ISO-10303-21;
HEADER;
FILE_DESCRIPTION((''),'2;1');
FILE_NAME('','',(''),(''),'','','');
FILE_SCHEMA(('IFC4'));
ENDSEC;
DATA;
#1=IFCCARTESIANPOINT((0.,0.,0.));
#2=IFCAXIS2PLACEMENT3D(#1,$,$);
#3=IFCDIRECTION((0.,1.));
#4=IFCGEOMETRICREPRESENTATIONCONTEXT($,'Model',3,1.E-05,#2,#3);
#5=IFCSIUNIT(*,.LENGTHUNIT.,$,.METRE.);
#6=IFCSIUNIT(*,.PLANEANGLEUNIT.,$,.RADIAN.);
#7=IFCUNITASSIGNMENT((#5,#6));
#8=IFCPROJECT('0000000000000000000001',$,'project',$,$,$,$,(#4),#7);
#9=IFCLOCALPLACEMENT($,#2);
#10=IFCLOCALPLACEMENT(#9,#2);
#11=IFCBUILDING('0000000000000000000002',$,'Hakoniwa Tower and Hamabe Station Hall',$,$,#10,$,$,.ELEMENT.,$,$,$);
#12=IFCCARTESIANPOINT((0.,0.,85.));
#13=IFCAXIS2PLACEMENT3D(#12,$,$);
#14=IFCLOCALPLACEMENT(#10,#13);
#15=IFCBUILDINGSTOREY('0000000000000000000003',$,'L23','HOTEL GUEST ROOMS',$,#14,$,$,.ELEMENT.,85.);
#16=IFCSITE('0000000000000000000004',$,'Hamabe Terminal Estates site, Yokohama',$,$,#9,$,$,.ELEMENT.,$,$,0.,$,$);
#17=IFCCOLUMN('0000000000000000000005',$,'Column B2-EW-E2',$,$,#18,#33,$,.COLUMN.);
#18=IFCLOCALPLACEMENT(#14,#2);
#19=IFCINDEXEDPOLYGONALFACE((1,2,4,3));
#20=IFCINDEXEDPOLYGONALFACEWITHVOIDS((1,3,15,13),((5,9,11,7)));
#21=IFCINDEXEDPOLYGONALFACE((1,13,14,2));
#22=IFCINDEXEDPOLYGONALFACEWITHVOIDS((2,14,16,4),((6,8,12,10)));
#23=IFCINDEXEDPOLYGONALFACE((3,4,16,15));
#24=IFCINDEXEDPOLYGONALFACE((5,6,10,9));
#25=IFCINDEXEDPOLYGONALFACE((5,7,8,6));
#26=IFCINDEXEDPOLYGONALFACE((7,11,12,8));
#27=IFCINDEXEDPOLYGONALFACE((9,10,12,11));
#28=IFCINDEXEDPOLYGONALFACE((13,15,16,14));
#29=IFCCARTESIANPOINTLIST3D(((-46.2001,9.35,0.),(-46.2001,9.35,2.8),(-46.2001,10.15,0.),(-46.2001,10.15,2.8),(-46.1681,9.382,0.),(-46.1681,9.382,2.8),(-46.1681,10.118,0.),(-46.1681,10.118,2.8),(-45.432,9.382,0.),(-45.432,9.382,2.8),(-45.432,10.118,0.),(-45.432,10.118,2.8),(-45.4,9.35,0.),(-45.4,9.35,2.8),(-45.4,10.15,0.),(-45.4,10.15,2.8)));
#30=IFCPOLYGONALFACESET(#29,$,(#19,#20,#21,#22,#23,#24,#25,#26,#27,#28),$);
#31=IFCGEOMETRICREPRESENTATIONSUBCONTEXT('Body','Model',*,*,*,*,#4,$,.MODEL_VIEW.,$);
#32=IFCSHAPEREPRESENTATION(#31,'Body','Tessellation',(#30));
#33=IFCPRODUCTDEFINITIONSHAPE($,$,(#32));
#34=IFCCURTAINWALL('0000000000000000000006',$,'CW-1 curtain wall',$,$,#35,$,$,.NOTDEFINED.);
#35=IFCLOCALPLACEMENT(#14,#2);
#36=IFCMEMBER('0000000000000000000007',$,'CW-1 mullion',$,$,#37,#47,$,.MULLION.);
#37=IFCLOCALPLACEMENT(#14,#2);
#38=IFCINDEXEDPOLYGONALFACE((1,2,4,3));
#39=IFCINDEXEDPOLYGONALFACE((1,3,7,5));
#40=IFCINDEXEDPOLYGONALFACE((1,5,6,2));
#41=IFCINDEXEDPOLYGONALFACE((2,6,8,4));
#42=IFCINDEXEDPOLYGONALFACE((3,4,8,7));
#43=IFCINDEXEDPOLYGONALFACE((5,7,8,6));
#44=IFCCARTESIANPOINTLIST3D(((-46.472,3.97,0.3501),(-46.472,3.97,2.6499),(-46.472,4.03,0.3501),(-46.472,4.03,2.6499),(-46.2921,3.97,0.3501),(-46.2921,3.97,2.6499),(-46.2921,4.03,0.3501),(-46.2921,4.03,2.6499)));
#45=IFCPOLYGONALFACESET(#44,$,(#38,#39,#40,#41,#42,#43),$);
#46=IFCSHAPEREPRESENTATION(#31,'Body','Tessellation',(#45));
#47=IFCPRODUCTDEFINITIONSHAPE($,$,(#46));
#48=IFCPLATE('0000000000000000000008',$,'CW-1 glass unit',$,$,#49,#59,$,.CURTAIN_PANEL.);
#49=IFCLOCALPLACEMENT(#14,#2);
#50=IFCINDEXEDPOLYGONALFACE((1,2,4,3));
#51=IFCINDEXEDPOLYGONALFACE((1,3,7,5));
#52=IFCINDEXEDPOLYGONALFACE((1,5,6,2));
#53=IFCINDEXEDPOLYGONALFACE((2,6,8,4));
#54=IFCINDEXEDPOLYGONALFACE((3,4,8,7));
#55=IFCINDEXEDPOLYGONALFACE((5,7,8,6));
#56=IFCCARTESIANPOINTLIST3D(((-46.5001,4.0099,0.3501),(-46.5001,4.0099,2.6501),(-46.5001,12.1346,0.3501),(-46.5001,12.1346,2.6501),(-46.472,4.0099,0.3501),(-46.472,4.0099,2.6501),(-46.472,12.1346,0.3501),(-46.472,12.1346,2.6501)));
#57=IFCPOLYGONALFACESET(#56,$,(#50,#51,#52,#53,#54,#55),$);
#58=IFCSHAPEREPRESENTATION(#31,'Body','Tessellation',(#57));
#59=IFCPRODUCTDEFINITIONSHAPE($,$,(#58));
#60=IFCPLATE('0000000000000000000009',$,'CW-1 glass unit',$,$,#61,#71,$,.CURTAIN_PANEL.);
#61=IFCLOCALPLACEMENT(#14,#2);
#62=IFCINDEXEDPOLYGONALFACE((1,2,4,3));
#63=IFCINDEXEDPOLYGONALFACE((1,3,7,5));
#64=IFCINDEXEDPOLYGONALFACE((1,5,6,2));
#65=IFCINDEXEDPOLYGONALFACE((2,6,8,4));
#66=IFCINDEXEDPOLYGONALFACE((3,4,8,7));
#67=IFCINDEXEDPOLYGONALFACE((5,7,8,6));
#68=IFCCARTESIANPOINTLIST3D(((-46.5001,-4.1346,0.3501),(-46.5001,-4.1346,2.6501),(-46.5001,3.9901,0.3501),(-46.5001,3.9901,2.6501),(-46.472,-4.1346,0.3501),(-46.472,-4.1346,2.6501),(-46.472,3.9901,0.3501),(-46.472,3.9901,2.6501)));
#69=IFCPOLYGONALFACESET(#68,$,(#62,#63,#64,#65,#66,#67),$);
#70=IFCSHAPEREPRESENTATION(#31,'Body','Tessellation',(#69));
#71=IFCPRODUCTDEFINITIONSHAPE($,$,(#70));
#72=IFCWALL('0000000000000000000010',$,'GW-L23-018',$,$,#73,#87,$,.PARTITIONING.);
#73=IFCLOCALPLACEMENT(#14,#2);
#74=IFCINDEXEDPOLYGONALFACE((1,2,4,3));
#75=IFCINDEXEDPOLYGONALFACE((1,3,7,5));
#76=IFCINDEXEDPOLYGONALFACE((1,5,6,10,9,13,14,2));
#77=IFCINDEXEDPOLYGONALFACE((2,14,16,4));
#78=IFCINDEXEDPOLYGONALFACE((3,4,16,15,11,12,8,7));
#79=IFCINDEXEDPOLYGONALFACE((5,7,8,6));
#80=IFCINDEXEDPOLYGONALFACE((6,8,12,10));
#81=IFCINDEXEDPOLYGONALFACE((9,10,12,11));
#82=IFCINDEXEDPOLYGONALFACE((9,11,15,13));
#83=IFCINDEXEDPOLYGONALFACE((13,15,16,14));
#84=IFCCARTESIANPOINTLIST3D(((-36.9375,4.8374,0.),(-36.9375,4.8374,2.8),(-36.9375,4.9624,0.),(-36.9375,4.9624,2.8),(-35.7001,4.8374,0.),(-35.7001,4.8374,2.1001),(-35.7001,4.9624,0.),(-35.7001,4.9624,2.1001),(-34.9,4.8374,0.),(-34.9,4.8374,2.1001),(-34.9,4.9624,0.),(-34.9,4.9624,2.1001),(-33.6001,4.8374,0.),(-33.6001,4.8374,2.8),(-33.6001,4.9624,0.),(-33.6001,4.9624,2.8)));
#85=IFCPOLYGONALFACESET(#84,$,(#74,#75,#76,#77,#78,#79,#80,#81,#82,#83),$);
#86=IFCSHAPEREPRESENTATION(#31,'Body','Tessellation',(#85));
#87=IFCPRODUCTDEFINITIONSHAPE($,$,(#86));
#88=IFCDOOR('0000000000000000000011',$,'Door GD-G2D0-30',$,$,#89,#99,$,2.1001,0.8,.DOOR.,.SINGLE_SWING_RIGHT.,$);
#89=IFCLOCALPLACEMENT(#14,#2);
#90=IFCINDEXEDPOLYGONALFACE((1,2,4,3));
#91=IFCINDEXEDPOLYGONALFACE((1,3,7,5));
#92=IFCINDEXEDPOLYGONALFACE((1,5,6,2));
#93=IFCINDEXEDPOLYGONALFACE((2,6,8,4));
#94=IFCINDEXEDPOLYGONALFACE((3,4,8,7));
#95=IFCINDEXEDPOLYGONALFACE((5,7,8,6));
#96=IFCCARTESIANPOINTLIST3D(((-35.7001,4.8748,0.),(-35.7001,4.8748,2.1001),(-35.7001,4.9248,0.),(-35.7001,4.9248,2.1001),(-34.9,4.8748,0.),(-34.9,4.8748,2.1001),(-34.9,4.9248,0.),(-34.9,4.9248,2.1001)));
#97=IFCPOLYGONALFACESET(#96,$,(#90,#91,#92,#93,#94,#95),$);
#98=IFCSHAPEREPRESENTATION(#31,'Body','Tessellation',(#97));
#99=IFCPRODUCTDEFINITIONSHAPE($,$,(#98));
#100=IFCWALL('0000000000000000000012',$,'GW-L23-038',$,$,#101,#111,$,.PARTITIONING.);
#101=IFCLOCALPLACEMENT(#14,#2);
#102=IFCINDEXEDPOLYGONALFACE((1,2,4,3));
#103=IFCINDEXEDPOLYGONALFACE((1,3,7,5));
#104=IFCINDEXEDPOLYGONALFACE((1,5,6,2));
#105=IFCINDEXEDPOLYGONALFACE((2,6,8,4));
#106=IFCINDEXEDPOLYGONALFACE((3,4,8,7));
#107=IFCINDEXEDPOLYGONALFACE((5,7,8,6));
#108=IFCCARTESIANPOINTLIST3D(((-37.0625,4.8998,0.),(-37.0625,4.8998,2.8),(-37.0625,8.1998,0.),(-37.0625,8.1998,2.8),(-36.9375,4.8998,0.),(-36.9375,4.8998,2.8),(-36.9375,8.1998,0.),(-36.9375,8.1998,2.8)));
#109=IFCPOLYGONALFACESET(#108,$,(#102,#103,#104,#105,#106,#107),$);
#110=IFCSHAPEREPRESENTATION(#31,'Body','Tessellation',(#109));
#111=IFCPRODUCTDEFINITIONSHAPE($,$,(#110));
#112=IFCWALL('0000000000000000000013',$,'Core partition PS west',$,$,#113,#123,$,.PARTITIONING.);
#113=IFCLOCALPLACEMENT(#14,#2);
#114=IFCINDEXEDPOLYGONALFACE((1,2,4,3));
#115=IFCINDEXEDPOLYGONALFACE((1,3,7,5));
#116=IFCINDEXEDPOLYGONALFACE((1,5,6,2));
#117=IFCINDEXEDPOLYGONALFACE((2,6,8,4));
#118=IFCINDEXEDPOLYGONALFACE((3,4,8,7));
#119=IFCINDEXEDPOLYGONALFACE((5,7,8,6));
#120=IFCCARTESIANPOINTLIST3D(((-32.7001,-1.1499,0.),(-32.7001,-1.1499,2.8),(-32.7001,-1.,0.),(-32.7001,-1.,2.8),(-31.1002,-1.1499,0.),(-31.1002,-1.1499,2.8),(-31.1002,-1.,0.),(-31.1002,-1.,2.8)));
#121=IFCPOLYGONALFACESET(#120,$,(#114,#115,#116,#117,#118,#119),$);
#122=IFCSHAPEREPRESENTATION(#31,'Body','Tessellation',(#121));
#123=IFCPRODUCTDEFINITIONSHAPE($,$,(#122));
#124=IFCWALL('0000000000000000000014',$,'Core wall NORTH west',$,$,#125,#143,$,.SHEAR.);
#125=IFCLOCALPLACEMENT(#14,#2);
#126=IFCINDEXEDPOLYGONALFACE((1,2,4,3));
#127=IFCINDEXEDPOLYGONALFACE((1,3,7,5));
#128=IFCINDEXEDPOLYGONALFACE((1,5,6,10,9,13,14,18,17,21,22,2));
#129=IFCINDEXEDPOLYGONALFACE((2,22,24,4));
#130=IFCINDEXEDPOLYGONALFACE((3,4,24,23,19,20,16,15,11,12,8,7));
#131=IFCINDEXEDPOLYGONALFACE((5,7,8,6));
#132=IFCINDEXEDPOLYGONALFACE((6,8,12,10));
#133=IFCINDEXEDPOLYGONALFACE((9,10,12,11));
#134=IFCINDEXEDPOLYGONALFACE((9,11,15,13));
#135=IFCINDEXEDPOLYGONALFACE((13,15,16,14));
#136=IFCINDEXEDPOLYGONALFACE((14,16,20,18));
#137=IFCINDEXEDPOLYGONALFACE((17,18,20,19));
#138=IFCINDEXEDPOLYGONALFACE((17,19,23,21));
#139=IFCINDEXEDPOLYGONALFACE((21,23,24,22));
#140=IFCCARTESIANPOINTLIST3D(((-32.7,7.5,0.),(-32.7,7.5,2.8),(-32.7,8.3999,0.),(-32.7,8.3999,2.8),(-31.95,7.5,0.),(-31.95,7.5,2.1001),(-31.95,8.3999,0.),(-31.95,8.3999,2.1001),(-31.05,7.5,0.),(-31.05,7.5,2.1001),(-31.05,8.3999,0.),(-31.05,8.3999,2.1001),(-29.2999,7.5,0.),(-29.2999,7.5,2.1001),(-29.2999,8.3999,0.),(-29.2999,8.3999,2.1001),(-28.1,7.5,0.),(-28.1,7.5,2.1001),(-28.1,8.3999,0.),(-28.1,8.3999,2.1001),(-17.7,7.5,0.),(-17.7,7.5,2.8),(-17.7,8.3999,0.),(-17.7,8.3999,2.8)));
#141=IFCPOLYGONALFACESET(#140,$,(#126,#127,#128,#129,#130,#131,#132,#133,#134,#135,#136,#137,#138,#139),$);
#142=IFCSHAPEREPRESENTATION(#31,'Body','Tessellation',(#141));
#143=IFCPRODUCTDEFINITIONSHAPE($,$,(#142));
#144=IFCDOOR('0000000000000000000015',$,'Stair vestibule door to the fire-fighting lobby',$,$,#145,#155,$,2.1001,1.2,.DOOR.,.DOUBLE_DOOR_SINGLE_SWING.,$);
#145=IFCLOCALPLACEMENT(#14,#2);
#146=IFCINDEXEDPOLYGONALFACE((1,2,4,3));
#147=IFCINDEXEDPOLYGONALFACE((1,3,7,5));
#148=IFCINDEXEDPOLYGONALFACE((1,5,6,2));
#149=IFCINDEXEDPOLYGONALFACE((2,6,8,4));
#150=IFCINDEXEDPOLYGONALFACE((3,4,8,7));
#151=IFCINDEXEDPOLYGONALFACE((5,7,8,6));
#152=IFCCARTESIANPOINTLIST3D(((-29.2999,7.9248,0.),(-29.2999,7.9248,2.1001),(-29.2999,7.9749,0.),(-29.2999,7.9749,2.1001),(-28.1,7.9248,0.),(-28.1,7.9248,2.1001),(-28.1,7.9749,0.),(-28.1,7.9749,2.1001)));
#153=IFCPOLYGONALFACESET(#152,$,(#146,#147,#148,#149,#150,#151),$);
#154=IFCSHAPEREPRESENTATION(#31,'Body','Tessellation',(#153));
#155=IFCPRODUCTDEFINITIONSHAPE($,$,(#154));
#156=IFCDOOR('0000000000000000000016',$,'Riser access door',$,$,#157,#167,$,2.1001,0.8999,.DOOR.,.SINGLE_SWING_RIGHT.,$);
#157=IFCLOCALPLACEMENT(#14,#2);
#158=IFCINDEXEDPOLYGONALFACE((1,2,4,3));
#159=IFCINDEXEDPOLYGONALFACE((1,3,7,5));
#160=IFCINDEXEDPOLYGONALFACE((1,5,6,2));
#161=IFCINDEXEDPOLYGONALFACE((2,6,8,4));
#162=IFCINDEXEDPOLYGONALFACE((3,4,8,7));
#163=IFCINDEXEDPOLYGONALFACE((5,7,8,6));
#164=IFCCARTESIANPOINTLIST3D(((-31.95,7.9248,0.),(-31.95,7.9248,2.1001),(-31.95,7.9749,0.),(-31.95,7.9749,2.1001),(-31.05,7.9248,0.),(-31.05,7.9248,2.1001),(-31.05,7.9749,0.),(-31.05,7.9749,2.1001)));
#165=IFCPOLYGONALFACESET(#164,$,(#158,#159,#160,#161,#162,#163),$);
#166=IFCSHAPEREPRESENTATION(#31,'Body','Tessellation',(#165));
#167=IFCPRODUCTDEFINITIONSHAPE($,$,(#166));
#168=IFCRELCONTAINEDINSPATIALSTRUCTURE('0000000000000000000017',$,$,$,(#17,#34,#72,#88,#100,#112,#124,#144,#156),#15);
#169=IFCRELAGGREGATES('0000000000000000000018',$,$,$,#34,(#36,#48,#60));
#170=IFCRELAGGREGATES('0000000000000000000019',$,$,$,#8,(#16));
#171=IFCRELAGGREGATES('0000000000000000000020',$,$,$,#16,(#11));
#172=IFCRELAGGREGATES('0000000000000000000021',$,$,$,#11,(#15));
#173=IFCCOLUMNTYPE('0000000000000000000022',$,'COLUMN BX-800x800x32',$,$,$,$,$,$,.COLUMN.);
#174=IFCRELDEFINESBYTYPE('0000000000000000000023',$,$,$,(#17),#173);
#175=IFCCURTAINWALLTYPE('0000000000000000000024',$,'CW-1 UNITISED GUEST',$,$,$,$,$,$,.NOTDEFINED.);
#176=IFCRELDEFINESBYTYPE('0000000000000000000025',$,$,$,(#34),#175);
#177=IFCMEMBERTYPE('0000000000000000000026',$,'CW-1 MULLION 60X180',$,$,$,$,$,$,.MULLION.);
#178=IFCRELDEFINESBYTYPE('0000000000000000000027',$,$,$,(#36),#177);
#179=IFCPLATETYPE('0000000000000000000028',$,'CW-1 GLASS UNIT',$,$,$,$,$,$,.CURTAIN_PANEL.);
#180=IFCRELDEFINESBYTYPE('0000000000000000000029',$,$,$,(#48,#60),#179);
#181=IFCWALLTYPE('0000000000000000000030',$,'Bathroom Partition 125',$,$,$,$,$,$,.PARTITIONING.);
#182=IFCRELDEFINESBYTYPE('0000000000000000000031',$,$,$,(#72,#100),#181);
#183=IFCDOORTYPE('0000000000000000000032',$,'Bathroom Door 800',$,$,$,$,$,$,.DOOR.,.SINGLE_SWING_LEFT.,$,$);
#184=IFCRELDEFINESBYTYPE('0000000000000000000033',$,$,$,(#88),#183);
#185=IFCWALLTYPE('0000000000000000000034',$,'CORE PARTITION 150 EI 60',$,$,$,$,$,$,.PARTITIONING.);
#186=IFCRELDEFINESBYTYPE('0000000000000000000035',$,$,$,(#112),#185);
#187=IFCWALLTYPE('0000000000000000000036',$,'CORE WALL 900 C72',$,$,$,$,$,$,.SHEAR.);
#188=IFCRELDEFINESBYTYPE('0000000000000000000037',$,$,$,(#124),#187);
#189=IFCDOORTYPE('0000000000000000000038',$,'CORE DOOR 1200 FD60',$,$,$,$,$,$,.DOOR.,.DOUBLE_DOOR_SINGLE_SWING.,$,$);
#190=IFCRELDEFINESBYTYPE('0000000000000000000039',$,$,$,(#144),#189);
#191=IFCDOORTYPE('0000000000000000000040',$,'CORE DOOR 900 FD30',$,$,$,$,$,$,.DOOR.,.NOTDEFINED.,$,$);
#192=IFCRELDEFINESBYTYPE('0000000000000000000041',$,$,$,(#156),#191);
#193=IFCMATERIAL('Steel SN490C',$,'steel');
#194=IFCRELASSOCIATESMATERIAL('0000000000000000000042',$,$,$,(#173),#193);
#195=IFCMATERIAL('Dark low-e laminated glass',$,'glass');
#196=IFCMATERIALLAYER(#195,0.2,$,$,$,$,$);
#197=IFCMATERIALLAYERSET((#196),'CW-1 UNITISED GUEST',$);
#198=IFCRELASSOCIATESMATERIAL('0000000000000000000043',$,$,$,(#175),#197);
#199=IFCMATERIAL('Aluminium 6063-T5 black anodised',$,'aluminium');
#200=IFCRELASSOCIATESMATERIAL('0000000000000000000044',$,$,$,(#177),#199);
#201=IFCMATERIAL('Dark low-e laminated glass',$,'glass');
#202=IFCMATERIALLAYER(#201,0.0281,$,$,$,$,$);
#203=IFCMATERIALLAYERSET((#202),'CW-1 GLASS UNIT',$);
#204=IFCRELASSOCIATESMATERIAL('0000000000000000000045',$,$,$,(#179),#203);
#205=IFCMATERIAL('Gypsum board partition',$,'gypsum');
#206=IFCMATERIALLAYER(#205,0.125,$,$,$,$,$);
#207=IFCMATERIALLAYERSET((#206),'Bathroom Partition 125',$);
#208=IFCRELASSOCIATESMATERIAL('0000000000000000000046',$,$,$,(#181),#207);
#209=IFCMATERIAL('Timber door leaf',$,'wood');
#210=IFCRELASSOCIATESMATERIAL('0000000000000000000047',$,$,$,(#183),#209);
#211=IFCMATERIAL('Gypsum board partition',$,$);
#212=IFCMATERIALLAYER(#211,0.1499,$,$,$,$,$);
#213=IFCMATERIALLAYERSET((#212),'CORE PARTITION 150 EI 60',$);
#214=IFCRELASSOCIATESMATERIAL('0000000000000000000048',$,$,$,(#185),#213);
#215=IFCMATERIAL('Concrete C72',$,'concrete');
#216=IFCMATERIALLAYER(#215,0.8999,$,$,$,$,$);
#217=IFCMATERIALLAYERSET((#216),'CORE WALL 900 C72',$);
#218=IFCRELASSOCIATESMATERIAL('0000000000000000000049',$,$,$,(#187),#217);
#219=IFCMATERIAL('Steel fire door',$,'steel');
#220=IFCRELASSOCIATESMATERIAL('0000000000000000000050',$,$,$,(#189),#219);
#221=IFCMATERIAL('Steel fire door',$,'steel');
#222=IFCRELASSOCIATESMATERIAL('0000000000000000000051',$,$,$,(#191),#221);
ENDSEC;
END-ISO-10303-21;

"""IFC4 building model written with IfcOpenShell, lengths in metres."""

from ifc_helpers import new_model, si_unit, direction, frame, frame_2d, origin, origin_2d, place, context, subcontext, project, spatial, rectangle, hollow_rectangle, extrude, material, layer, layer_set, material_profile, profile_set, type_object, element, fill, aggregate, save


model = new_model("IFC4")

# Units and contexts
model_context = context("Model", 3, precision=1e-05, world=origin(), true_north=direction((0.0, 1.0)))
body_context = subcontext(model_context, "Body", "Model", "MODEL_VIEW")
ifc_project = project(units=[si_unit("LENGTHUNIT", "METRE"), si_unit("PLANEANGLEUNIT", "RADIAN")], contexts=[model_context])

# Site, building, storey
site_placement = place(None, origin())
site = spatial("IfcSite", under=ifc_project, at=site_placement, Name="Hamabe Terminal Estates site, Yokohama", CompositionType="ELEMENT", RefElevation=0.0)
building_placement = place(site_placement, origin())
building = spatial("IfcBuilding", under=site, at=building_placement, Name="Hakoniwa Tower and Hamabe Station Hall", CompositionType="ELEMENT")
storey_placement = place(building_placement, frame((0.0, 0.0, 85.0)))
storey = spatial("IfcBuildingStorey", under=building, at=storey_placement, Name="L23", Description="HOTEL GUEST ROOMS", CompositionType="ELEMENT", Elevation=85.0)

# Column
ifc_material_1 = material(Name="Steel SN490C", Category="steel")
ifc_material_profile_1 = material_profile(ifc_material_1, hollow_rectangle(XDim=0.8, YDim=0.8, WallThickness=0.032, at=origin_2d()), Name="BX-800x800x32")
ifc_profile_set_1 = profile_set([ifc_material_profile_1], Name="Steel SN490C")
column_type = type_object("IfcColumnType", Name="COLUMN BX-800x800x32", PredefinedType="COLUMN", material=ifc_profile_set_1)
column_placement = place(storey_placement, frame((-45.8, 9.75, 0.0), z_axis=(0.0, 0.0, 1.0), x_axis=(1.0, 0.0, 0.0)))
element("IfcColumn", 1, at=column_placement, inside=storey, type_object=column_type, Name="Column B2-EW-E2", PredefinedType="COLUMN", context=body_context, shape_type="SweptSolid", body=[
    extrude(hollow_rectangle(XDim=0.8, YDim=0.8, WallThickness=0.032, at=origin_2d()), origin(), (0.0, 0.0, 1.0), 2.8),
])

# Curtain wall, member, plates
ifc_material_2 = material(Name="Dark low-e laminated glass", Category="glass")
ifc_layer_1 = layer(ifc_material_2, 0.2)
ifc_layer_set_1 = layer_set([ifc_layer_1], Name="CW-1 UNITISED GUEST")
curtain_wall_type = type_object("IfcCurtainWallType", Name="CW-1 UNITISED GUEST", PredefinedType="NOTDEFINED", material=ifc_layer_set_1)
curtain_wall_placement = place(storey_placement, origin())
curtain_wall = element("IfcCurtainWall", 2, at=curtain_wall_placement, inside=storey, type_object=curtain_wall_type, Name="CW-1 curtain wall", PredefinedType="NOTDEFINED")
ifc_material_3 = material(Name="Aluminium 6063-T5 black anodised", Category="aluminium")
ifc_material_profile_2 = material_profile(ifc_material_3, rectangle(XDim=0.0601, YDim=0.1799, at=origin_2d()), Name="CW-1 MULLION 60X180")
ifc_profile_set_2 = profile_set([ifc_material_profile_2], Name="Aluminium 6063-T5 black anodised")
member_type = type_object("IfcMemberType", Name="CW-1 MULLION 60X180", PredefinedType="MULLION", material=ifc_profile_set_2)
member_placement = place(storey_placement, frame((-46.3821, 4.0, 0.3501), z_axis=(0.0, 0.0, 1.0), x_axis=(0.0, -1.0, 0.0)))
member = element("IfcMember", 3, at=member_placement, type_object=member_type, Name="CW-1 mullion", PredefinedType="MULLION", context=body_context, shape_type="SweptSolid", body=[
    extrude(rectangle(XDim=0.0601, YDim=0.1799, at=origin_2d()), origin(), (0.0, 0.0, 1.0), 2.2998),
])
ifc_material_4 = material(Name="Dark low-e laminated glass", Category="glass")
ifc_layer_2 = layer(ifc_material_4, 0.0281)
ifc_layer_set_2 = layer_set([ifc_layer_2], Name="CW-1 GLASS UNIT")
plate_type = type_object("IfcPlateType", Name="CW-1 GLASS UNIT", PredefinedType="CURTAIN_PANEL", material=ifc_layer_set_2)
plate_1_placement = place(storey_placement, frame((-46.4861, 8.0723, 0.3501), z_axis=(0.0, 0.0, 1.0), x_axis=(0.0, -1.0, 0.0)))
plate_1 = element("IfcPlate", 4, at=plate_1_placement, type_object=plate_type, Name="CW-1 glass unit", PredefinedType="CURTAIN_PANEL", context=body_context, shape_type="SweptSolid", body=[
    extrude(rectangle(XDim=8.1248, YDim=0.0281, at=origin_2d()), origin(), (0.0, 0.0, 1.0), 2.3),
])
plate_2_placement = place(storey_placement, frame((-46.4861, -0.0723, 0.3501), z_axis=(0.0, 0.0, 1.0), x_axis=(0.0, -1.0, 0.0)))
plate_2 = element("IfcPlate", 5, at=plate_2_placement, type_object=plate_type, Name="CW-1 glass unit", PredefinedType="CURTAIN_PANEL", context=body_context, shape_type="SweptSolid", body=[
    extrude(rectangle(XDim=8.1248, YDim=0.0281, at=origin_2d()), origin(), (0.0, 0.0, 1.0), 2.3),
])
aggregate(curtain_wall, [member, plate_1, plate_2])

# Wall, opening, door
ifc_material_5 = material(Name="Gypsum board partition", Category="gypsum")
ifc_layer_3 = layer(ifc_material_5, 0.125)
ifc_layer_set_3 = layer_set([ifc_layer_3], Name="Bathroom Partition 125")
wall_type_1 = type_object("IfcWallType", Name="Bathroom Partition 125", PredefinedType="PARTITIONING", material=ifc_layer_set_3)
wall_1_placement = place(storey_placement, frame((-36.9375, 4.8999, 0.0), z_axis=(0.0, 0.0, 1.0), x_axis=(1.0, 0.0, 0.0)))
wall_1 = element("IfcWall", 6, at=wall_1_placement, inside=storey, type_object=wall_type_1, Name="GW-L23-018", PredefinedType="PARTITIONING", context=body_context, shape_type="SweptSolid", body=[
    extrude(rectangle(XDim=3.3374, YDim=0.125, at=frame_2d((1.6687, 0.0))), origin(), (0.0, 0.0, 1.0), 2.8),
])
opening_1_placement = place(wall_1_placement, frame((1.2375, 0.0, 0.0)))
opening_1 = element("IfcOpeningElement", 7, at=opening_1_placement, cuts=wall_1, PredefinedType="OPENING", context=body_context, shape_type="SweptSolid", body=[
    extrude(rectangle(XDim=0.8, YDim=2.1001, at=frame_2d((0.3999, 1.05))), frame((0.0, 0.0725, 0.0), z_axis=(0.0, -1.0, 0.0), x_axis=(1.0, 0.0, 0.0)), (0.0, 0.0, 1.0), 0.145),
])
ifc_material_6 = material(Name="Timber door leaf", Category="wood")
door_type_1 = type_object("IfcDoorType", Name="Bathroom Door 800", OperationType="SINGLE_SWING_LEFT", PredefinedType="DOOR", material=ifc_material_6)
door_1_placement = place(opening_1_placement, origin())
door_1 = element("IfcDoor", 8, at=door_1_placement, inside=storey, type_object=door_type_1, Name="Door GD-G2D0-30", OperationType="SINGLE_SWING_RIGHT", OverallHeight=2.1001, OverallWidth=0.8, PredefinedType="DOOR", context=body_context, shape_type="SweptSolid", body=[
    extrude(rectangle(XDim=0.8, YDim=2.1001, at=frame_2d((0.3999, 1.05))), frame((0.0, 0.0249, 0.0), z_axis=(0.0, -1.0, 0.0), x_axis=(1.0, 0.0, 0.0)), (0.0, 0.0, 1.0), 0.05),
])
fill(opening_1, door_1)

# Walls
wall_2_placement = place(storey_placement, frame((-37.0, 4.8999, 0.0), z_axis=(0.0, 0.0, 1.0), x_axis=(0.0, 1.0, 0.0)))
element("IfcWall", 9, at=wall_2_placement, inside=storey, type_object=wall_type_1, Name="GW-L23-038", PredefinedType="PARTITIONING", context=body_context, shape_type="SweptSolid", body=[
    extrude(rectangle(XDim=3.3, YDim=0.125, at=frame_2d((1.6499, 0.0))), origin(), (0.0, 0.0, 1.0), 2.8),
])
ifc_material_7 = material(Name="Gypsum board partition")
ifc_layer_4 = layer(ifc_material_7, 0.1499)
ifc_layer_set_4 = layer_set([ifc_layer_4], Name="CORE PARTITION 150 EI 60")
wall_type_2 = type_object("IfcWallType", Name="CORE PARTITION 150 EI 60", PredefinedType="PARTITIONING", material=ifc_layer_set_4)
wall_3_placement = place(storey_placement, frame((-32.7, -1.075, 0.0), z_axis=(0.0, 0.0, 1.0), x_axis=(1.0, 0.0, 0.0)))
element("IfcWall", 10, at=wall_3_placement, inside=storey, type_object=wall_type_2, Name="Core partition PS west", PredefinedType="PARTITIONING", context=body_context, shape_type="SweptSolid", body=[
    extrude(rectangle(XDim=1.5999, YDim=0.1499, at=frame_2d((0.7998, 0.0))), origin(), (0.0, 0.0, 1.0), 2.8),
])

# Wall, openings, doors
ifc_material_8 = material(Name="Concrete C72", Category="concrete")
ifc_layer_5 = layer(ifc_material_8, 0.8999)
ifc_layer_set_5 = layer_set([ifc_layer_5], Name="CORE WALL 900 C72")
wall_type_3 = type_object("IfcWallType", Name="CORE WALL 900 C72", PredefinedType="SHEAR", material=ifc_layer_set_5)
wall_4_placement = place(storey_placement, frame((-32.7, 7.95, 0.0), z_axis=(0.0, 0.0, 1.0), x_axis=(1.0, 0.0, 0.0)))
wall_4 = element("IfcWall", 11, at=wall_4_placement, inside=storey, type_object=wall_type_3, Name="Core wall NORTH west", PredefinedType="SHEAR", context=body_context, shape_type="SweptSolid", body=[
    extrude(rectangle(XDim=15.0, YDim=0.8999, at=frame_2d((7.5, 0.0))), origin(), (0.0, 0.0, 1.0), 2.8),
])
opening_2_placement = place(wall_4_placement, frame((3.3999, 0.0, 0.0)))
opening_2 = element("IfcOpeningElement", 12, at=opening_2_placement, cuts=wall_4, PredefinedType="OPENING", context=body_context, shape_type="SweptSolid", body=[
    extrude(rectangle(XDim=1.2, YDim=2.1001, at=frame_2d((0.6001, 1.05))), frame((0.0, 0.46, 0.0), z_axis=(0.0, -1.0, 0.0), x_axis=(1.0, 0.0, 0.0)), (0.0, 0.0, 1.0), 0.9199),
])
opening_3_placement = place(wall_4_placement, frame((0.75, 0.0, 0.0)))
opening_3 = element("IfcOpeningElement", 13, at=opening_3_placement, cuts=wall_4, PredefinedType="OPENING", context=body_context, shape_type="SweptSolid", body=[
    extrude(rectangle(XDim=0.8999, YDim=2.1001, at=frame_2d((0.45, 1.05))), frame((0.0, 0.46, 0.0), z_axis=(0.0, -1.0, 0.0), x_axis=(1.0, 0.0, 0.0)), (0.0, 0.0, 1.0), 0.9199),
])
ifc_material_9 = material(Name="Steel fire door", Category="steel")
door_type_2 = type_object("IfcDoorType", Name="CORE DOOR 1200 FD60", OperationType="DOUBLE_DOOR_SINGLE_SWING", PredefinedType="DOOR", material=ifc_material_9)
door_2_placement = place(opening_2_placement, origin())
door_2 = element("IfcDoor", 14, at=door_2_placement, inside=storey, type_object=door_type_2, Name="Stair vestibule door to the fire-fighting lobby", OperationType="DOUBLE_DOOR_SINGLE_SWING", OverallHeight=2.1001, OverallWidth=1.2, PredefinedType="DOOR", context=body_context, shape_type="SweptSolid", body=[
    extrude(rectangle(XDim=1.2, YDim=2.1001, at=frame_2d((0.6001, 1.05))), frame((0.0, 0.0249, 0.0), z_axis=(0.0, -1.0, 0.0), x_axis=(1.0, 0.0, 0.0)), (0.0, 0.0, 1.0), 0.05),
])
fill(opening_2, door_2)
ifc_material_10 = material(Name="Steel fire door", Category="steel")
door_type_3 = type_object("IfcDoorType", Name="CORE DOOR 900 FD30", OperationType="NOTDEFINED", PredefinedType="DOOR", material=ifc_material_10)
door_3_placement = place(opening_3_placement, origin())
door_3 = element("IfcDoor", 15, at=door_3_placement, inside=storey, type_object=door_type_3, Name="Riser access door", OperationType="SINGLE_SWING_RIGHT", OverallHeight=2.1001, OverallWidth=0.8999, PredefinedType="DOOR", context=body_context, shape_type="SweptSolid", body=[
    extrude(rectangle(XDim=0.8999, YDim=2.1001, at=frame_2d((0.45, 1.05))), frame((0.0, 0.0249, 0.0), z_axis=(0.0, -1.0, 0.0), x_axis=(1.0, 0.0, 0.0)), (0.0, 0.0, 1.0), 0.05),
])
fill(opening_3, door_3)

save(model, "model.ifc")
